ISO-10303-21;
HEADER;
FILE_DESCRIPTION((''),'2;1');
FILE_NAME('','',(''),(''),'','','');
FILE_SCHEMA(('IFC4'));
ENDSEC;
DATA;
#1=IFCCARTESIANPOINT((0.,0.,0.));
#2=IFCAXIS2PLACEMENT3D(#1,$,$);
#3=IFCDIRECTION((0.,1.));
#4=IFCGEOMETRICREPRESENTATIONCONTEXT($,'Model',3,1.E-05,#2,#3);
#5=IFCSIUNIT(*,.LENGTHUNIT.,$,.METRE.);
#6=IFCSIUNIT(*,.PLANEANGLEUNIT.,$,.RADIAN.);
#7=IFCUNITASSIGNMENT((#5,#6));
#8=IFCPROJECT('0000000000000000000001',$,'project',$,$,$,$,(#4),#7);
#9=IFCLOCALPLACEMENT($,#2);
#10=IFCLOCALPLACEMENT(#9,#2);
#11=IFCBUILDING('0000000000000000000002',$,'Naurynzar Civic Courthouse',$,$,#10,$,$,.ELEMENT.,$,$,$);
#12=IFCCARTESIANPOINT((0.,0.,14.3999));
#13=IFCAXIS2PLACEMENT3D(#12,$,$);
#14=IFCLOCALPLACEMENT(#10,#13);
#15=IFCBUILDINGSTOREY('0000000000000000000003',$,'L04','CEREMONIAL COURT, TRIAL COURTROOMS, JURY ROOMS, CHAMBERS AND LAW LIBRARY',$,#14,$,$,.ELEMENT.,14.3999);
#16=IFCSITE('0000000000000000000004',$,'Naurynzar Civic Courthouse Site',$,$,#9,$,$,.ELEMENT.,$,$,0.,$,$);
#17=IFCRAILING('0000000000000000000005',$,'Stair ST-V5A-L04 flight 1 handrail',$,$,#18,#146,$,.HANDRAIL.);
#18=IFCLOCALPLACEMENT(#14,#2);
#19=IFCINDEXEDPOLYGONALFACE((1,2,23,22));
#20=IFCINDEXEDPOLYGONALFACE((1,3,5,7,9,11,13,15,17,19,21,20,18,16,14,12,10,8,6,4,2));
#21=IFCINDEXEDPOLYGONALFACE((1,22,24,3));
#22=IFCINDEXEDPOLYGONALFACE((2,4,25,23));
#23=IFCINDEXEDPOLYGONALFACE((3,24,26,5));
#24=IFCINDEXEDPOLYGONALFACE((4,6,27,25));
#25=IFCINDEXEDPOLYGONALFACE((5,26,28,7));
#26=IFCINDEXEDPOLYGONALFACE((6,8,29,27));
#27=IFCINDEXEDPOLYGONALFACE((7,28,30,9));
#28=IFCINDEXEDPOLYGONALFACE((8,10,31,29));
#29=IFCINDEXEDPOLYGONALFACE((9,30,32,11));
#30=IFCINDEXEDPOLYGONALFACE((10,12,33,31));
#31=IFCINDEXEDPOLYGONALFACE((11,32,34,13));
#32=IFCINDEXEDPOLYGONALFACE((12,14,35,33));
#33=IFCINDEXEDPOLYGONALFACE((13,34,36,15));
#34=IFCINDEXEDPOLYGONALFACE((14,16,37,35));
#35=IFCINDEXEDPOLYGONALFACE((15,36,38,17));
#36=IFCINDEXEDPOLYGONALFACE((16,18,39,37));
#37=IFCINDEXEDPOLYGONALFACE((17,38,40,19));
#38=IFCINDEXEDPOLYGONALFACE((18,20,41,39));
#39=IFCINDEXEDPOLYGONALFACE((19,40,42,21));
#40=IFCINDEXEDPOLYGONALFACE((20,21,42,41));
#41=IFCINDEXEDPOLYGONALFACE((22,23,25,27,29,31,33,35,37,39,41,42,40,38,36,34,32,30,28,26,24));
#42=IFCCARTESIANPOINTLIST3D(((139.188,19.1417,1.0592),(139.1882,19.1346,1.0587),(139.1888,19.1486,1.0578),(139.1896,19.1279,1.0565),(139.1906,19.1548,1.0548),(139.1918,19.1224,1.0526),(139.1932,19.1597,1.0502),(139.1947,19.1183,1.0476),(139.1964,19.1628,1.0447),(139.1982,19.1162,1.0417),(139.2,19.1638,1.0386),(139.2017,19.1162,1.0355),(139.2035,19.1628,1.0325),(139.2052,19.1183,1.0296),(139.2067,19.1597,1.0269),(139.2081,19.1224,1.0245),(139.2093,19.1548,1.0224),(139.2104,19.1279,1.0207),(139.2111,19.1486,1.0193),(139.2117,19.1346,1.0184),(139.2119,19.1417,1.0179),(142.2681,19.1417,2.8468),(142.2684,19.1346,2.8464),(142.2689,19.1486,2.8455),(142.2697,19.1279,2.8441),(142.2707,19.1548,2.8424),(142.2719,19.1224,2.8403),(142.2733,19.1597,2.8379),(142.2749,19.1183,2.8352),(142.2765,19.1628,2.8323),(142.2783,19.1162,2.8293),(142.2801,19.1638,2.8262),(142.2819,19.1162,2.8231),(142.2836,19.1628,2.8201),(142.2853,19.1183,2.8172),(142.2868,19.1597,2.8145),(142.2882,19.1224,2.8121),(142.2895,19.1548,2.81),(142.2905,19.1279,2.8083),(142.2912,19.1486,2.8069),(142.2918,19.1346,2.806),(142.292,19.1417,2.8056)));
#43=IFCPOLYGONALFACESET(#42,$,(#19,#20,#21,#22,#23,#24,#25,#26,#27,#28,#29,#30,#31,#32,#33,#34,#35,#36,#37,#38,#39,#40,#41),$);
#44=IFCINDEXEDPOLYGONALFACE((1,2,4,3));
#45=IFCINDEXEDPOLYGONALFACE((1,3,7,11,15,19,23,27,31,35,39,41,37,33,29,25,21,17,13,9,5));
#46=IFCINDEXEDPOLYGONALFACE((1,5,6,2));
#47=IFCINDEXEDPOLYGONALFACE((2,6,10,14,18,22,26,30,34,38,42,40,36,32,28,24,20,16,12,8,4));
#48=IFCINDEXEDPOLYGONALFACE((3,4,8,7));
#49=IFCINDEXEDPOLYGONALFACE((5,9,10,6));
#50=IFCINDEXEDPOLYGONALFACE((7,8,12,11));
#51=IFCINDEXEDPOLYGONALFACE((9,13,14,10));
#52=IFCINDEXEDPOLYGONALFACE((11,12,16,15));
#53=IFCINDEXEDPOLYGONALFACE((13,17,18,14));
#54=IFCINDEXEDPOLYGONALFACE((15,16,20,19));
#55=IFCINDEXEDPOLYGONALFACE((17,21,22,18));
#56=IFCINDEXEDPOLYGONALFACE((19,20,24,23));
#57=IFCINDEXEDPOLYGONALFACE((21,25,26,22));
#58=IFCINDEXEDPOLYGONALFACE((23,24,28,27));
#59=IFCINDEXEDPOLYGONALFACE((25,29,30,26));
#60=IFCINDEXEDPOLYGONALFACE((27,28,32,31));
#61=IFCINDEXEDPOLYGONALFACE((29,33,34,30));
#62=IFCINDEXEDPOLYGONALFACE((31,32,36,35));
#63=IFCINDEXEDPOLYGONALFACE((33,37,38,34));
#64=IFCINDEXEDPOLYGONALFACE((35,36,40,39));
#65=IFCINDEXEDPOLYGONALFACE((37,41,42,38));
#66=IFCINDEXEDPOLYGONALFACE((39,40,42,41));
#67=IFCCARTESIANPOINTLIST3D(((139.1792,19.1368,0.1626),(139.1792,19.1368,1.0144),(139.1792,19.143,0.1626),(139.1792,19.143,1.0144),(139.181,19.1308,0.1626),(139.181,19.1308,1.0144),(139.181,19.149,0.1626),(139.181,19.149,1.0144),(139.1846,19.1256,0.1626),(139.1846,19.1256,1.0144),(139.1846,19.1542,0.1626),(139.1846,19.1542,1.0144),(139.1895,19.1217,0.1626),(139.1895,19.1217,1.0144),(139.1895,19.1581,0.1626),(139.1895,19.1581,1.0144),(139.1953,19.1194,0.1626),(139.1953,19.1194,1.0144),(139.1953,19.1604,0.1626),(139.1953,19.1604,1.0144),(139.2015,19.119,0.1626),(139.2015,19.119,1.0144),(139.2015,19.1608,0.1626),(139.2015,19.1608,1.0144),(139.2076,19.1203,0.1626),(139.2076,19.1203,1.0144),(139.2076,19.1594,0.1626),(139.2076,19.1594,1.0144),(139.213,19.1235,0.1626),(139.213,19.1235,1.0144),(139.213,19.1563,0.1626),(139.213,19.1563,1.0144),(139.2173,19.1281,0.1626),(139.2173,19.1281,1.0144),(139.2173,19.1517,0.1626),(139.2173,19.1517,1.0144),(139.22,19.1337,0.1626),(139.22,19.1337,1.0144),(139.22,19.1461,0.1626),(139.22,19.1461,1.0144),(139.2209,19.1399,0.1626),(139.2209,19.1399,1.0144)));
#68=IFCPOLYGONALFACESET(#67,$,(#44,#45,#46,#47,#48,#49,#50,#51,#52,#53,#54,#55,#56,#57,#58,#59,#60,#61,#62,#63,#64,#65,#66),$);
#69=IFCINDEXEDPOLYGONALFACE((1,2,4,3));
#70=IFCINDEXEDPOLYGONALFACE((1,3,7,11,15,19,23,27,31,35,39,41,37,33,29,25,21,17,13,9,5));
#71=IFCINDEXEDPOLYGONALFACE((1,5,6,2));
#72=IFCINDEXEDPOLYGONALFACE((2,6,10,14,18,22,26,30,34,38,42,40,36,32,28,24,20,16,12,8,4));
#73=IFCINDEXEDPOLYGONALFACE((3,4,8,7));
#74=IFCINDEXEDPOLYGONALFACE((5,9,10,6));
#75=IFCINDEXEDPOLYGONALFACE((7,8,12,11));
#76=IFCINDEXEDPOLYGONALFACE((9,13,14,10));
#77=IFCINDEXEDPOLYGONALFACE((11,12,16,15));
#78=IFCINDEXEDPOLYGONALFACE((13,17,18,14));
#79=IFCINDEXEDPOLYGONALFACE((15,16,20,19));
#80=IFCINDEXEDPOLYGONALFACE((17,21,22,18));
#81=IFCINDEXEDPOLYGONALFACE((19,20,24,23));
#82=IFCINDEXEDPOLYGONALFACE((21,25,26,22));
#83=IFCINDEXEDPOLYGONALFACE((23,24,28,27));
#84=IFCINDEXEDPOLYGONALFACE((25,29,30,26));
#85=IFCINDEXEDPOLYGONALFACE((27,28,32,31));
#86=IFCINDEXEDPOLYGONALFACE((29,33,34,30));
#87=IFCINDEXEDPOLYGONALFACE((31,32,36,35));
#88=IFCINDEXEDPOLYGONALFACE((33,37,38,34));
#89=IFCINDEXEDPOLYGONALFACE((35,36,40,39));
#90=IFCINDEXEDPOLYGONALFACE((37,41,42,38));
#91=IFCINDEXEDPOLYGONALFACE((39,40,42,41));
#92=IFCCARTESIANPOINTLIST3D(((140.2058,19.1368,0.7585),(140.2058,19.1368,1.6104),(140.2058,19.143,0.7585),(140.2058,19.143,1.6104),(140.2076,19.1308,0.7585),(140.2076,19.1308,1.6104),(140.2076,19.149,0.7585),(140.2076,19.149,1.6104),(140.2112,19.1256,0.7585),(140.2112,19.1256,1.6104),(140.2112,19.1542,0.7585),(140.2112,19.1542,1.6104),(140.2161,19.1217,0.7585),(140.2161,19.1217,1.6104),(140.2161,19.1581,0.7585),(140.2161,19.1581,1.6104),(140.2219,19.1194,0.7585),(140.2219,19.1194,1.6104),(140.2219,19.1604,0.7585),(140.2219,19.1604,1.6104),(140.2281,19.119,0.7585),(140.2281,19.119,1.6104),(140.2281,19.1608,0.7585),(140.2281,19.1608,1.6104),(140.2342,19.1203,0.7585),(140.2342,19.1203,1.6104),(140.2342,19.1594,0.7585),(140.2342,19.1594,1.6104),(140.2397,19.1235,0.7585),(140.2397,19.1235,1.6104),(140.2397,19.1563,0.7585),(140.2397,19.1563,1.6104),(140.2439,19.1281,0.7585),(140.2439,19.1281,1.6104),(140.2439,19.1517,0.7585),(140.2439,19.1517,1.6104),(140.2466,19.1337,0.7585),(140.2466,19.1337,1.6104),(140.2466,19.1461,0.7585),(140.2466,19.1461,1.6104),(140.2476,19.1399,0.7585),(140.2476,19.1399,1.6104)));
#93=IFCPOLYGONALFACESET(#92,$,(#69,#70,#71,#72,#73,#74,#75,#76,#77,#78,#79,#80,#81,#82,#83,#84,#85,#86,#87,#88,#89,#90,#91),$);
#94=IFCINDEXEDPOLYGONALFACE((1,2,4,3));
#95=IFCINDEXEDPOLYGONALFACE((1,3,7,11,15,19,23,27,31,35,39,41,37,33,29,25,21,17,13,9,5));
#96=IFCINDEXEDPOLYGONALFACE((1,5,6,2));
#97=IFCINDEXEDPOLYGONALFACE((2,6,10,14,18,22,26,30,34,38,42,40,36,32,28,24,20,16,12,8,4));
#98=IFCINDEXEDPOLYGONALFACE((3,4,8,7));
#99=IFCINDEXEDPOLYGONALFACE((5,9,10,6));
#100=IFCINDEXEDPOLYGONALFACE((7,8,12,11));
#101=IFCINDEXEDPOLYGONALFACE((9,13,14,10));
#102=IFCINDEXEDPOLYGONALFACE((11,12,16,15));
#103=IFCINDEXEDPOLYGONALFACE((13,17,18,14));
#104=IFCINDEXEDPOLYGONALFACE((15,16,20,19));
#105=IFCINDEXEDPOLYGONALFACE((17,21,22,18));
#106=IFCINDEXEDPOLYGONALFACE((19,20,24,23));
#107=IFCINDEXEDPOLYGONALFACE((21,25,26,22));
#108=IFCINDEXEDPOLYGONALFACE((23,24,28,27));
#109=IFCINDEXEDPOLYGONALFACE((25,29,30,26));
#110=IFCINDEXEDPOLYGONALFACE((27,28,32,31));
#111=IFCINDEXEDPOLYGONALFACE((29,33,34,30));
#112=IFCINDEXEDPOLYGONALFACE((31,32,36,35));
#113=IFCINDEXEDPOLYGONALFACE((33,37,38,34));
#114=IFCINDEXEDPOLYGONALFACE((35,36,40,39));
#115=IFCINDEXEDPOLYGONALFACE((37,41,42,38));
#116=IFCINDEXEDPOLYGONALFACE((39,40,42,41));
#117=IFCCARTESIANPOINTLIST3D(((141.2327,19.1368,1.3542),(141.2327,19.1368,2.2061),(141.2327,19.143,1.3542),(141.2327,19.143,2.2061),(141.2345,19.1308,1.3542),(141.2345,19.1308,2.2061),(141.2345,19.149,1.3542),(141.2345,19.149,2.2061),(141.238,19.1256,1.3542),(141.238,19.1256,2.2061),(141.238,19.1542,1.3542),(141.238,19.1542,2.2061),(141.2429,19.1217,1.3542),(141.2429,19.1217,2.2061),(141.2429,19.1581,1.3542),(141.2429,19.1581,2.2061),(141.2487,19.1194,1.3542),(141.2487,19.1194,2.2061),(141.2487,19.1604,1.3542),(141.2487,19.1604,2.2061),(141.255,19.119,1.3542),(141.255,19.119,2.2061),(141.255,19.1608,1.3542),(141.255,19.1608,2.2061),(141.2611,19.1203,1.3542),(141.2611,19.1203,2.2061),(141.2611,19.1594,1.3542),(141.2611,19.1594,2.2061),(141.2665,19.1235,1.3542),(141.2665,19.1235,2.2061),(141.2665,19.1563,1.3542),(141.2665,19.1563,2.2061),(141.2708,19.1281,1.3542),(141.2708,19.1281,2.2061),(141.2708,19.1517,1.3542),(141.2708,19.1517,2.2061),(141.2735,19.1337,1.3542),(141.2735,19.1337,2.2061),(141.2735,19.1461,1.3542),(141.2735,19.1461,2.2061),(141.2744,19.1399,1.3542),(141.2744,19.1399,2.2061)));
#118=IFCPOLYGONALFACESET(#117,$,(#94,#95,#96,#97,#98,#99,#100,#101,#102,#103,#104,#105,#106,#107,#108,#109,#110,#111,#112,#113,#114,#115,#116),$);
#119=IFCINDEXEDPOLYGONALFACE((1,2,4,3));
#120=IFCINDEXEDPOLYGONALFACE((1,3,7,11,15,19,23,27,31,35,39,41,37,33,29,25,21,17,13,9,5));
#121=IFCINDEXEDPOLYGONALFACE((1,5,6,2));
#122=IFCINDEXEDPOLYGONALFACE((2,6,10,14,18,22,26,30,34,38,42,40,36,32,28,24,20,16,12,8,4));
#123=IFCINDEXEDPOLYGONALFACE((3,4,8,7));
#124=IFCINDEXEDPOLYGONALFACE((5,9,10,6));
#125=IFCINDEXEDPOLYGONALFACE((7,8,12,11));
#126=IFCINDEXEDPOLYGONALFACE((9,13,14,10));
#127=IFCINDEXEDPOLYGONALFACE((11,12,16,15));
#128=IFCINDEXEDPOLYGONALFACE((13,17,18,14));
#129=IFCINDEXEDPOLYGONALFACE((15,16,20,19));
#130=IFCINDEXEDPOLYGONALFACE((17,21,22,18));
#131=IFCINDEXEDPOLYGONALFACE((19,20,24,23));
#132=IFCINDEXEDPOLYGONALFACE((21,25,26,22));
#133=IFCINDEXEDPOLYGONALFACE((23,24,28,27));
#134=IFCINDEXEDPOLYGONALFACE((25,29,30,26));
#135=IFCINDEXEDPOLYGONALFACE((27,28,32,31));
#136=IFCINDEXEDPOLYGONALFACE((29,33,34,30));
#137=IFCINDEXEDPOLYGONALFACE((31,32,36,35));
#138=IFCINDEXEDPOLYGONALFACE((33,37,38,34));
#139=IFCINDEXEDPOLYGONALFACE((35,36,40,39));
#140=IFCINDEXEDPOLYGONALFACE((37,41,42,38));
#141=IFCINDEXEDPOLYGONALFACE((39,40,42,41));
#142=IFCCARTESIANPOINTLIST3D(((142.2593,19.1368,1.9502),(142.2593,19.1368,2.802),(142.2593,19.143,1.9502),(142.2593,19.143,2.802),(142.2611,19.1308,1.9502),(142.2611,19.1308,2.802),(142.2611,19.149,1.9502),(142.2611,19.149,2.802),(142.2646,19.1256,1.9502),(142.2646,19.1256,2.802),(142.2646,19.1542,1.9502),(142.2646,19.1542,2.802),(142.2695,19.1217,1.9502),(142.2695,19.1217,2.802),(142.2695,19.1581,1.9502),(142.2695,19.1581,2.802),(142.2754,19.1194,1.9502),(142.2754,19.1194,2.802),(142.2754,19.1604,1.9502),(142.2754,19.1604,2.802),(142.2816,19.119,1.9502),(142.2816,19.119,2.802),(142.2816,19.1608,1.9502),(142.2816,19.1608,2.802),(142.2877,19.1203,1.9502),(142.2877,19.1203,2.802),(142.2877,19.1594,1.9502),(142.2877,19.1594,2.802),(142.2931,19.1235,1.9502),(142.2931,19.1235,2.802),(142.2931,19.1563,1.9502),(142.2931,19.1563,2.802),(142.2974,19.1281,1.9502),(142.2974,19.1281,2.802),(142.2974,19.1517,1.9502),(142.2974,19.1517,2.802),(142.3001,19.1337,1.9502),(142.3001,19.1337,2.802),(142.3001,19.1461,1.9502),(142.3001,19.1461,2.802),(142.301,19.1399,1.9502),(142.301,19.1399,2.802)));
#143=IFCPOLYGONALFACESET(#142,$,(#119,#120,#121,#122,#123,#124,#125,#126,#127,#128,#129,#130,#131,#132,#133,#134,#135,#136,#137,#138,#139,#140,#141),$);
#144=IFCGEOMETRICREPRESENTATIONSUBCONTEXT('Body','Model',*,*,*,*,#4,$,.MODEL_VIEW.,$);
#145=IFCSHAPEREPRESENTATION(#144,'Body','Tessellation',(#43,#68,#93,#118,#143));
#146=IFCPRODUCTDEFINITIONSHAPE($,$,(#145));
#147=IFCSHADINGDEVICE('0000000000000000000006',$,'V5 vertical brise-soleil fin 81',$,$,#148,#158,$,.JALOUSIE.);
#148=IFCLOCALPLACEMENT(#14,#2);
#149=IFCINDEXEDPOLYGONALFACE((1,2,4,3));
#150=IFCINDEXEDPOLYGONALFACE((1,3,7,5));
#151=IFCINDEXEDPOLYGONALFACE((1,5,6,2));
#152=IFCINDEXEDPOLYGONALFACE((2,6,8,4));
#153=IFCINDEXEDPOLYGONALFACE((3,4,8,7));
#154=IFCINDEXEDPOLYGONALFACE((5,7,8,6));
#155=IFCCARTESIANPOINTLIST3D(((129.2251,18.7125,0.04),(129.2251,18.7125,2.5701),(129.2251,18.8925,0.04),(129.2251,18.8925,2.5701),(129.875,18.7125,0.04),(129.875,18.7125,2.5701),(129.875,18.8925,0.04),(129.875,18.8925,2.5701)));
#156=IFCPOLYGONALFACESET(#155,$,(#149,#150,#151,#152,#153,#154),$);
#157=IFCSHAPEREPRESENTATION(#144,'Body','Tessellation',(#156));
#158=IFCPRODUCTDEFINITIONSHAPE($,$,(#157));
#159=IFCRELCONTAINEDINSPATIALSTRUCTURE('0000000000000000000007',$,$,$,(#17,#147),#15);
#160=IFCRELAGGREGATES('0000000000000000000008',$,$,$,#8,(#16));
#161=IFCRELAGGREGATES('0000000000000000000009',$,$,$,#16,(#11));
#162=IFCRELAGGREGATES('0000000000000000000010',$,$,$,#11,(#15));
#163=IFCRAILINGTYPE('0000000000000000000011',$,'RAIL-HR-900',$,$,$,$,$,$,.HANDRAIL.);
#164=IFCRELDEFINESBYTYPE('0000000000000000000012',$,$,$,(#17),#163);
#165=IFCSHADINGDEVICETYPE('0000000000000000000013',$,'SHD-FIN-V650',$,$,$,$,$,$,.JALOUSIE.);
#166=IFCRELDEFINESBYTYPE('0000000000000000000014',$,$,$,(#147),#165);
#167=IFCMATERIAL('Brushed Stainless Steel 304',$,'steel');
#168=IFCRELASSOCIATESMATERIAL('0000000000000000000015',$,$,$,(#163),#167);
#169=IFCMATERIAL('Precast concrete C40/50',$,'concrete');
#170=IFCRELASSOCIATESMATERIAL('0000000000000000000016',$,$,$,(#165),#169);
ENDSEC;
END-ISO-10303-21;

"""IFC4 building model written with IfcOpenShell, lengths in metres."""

from ifc_helpers import new_model, si_unit, direction, frame, origin, origin_2d, place, context, subcontext, project, spatial, rectangle, circle, extrude, material, type_object, element, save


model = new_model("IFC4")

# Units and contexts
model_context = context("Model", 3, precision=1e-05, world=origin(), true_north=direction((0.0, 1.0)))
body_context = subcontext(model_context, "Body", "Model", "MODEL_VIEW")
ifc_project = project(units=[si_unit("LENGTHUNIT", "METRE"), si_unit("PLANEANGLEUNIT", "RADIAN")], contexts=[model_context])

# Site, building, storey
site_placement = place(None, origin())
site = spatial("IfcSite", under=ifc_project, at=site_placement, Name="Naurynzar Civic Courthouse Site", CompositionType="ELEMENT", RefElevation=0.0)
building_placement = place(site_placement, origin())
building = spatial("IfcBuilding", under=site, at=building_placement, Name="Naurynzar Civic Courthouse", CompositionType="ELEMENT")
storey_placement = place(building_placement, frame((0.0, 0.0, 14.3999)))
storey = spatial("IfcBuildingStorey", under=building, at=storey_placement, Name="L04", Description="CEREMONIAL COURT, TRIAL COURTROOMS, JURY ROOMS, CHAMBERS AND LAW LIBRARY", CompositionType="ELEMENT", Elevation=14.3999)

# Railing
ifc_material_1 = material(Name="Brushed Stainless Steel 304", Category="steel")
railing_type_1 = type_object("IfcRailingType", Name="RAIL-HR-900", PredefinedType="HANDRAIL", material=ifc_material_1)
railing_1_placement = place(storey_placement, frame((139.2, 19.1399, 0.1626)))
element("IfcRailing", 1, at=railing_1_placement, inside=storey, type_object=railing_type_1, Name="Stair ST-V5A-L04 flight 1 handrail", PredefinedType="HANDRAIL", context=body_context, shape_type="SweptSolid", body=[
    extrude(circle(Radius=0.0239, at=origin_2d()), frame((0.0, 0.0, 0.876), z_axis=(0.864891, 0.0, 0.50196), x_axis=(0.0, 1.0, 0.0)), (0.0, 0.0, 1.0), 3.5613),
    extrude(circle(Radius=0.021, at=origin_2d()), origin(), (0.0, 0.0, 1.0), 0.8518),
    extrude(circle(Radius=0.021, at=origin_2d()), frame((1.0266, 0.0, 0.5959)), (0.0, 0.0, 1.0), 0.8518),
    extrude(circle(Radius=0.021, at=origin_2d()), frame((2.0535, 0.0, 1.1917)), (0.0, 0.0, 1.0), 0.8518),
    extrude(circle(Radius=0.021, at=origin_2d()), frame((3.0801, 0.0, 1.7876)), (0.0, 0.0, 1.0), 0.8518),
])

# Shading device
ifc_material_2 = material(Name="Precast concrete C40/50", Category="concrete")
shading_device_type = type_object("IfcShadingDeviceType", Name="SHD-FIN-V650", PredefinedType="JALOUSIE", material=ifc_material_2)
shading_device_placement = place(storey_placement, frame((129.55, 18.8025, 0.04), z_axis=(0.0, 0.0, 1.0), x_axis=(0.0, 1.0, 0.0)))
element("IfcShadingDevice", 2, at=shading_device_placement, inside=storey, type_object=shading_device_type, Name="V5 vertical brise-soleil fin 81", PredefinedType="JALOUSIE", context=body_context, shape_type="SweptSolid", body=[
    extrude(rectangle(XDim=0.1799, YDim=0.6499, at=origin_2d()), origin(), (0.0, 0.0, 1.0), 2.53),
])

save(model, "model.ifc")
